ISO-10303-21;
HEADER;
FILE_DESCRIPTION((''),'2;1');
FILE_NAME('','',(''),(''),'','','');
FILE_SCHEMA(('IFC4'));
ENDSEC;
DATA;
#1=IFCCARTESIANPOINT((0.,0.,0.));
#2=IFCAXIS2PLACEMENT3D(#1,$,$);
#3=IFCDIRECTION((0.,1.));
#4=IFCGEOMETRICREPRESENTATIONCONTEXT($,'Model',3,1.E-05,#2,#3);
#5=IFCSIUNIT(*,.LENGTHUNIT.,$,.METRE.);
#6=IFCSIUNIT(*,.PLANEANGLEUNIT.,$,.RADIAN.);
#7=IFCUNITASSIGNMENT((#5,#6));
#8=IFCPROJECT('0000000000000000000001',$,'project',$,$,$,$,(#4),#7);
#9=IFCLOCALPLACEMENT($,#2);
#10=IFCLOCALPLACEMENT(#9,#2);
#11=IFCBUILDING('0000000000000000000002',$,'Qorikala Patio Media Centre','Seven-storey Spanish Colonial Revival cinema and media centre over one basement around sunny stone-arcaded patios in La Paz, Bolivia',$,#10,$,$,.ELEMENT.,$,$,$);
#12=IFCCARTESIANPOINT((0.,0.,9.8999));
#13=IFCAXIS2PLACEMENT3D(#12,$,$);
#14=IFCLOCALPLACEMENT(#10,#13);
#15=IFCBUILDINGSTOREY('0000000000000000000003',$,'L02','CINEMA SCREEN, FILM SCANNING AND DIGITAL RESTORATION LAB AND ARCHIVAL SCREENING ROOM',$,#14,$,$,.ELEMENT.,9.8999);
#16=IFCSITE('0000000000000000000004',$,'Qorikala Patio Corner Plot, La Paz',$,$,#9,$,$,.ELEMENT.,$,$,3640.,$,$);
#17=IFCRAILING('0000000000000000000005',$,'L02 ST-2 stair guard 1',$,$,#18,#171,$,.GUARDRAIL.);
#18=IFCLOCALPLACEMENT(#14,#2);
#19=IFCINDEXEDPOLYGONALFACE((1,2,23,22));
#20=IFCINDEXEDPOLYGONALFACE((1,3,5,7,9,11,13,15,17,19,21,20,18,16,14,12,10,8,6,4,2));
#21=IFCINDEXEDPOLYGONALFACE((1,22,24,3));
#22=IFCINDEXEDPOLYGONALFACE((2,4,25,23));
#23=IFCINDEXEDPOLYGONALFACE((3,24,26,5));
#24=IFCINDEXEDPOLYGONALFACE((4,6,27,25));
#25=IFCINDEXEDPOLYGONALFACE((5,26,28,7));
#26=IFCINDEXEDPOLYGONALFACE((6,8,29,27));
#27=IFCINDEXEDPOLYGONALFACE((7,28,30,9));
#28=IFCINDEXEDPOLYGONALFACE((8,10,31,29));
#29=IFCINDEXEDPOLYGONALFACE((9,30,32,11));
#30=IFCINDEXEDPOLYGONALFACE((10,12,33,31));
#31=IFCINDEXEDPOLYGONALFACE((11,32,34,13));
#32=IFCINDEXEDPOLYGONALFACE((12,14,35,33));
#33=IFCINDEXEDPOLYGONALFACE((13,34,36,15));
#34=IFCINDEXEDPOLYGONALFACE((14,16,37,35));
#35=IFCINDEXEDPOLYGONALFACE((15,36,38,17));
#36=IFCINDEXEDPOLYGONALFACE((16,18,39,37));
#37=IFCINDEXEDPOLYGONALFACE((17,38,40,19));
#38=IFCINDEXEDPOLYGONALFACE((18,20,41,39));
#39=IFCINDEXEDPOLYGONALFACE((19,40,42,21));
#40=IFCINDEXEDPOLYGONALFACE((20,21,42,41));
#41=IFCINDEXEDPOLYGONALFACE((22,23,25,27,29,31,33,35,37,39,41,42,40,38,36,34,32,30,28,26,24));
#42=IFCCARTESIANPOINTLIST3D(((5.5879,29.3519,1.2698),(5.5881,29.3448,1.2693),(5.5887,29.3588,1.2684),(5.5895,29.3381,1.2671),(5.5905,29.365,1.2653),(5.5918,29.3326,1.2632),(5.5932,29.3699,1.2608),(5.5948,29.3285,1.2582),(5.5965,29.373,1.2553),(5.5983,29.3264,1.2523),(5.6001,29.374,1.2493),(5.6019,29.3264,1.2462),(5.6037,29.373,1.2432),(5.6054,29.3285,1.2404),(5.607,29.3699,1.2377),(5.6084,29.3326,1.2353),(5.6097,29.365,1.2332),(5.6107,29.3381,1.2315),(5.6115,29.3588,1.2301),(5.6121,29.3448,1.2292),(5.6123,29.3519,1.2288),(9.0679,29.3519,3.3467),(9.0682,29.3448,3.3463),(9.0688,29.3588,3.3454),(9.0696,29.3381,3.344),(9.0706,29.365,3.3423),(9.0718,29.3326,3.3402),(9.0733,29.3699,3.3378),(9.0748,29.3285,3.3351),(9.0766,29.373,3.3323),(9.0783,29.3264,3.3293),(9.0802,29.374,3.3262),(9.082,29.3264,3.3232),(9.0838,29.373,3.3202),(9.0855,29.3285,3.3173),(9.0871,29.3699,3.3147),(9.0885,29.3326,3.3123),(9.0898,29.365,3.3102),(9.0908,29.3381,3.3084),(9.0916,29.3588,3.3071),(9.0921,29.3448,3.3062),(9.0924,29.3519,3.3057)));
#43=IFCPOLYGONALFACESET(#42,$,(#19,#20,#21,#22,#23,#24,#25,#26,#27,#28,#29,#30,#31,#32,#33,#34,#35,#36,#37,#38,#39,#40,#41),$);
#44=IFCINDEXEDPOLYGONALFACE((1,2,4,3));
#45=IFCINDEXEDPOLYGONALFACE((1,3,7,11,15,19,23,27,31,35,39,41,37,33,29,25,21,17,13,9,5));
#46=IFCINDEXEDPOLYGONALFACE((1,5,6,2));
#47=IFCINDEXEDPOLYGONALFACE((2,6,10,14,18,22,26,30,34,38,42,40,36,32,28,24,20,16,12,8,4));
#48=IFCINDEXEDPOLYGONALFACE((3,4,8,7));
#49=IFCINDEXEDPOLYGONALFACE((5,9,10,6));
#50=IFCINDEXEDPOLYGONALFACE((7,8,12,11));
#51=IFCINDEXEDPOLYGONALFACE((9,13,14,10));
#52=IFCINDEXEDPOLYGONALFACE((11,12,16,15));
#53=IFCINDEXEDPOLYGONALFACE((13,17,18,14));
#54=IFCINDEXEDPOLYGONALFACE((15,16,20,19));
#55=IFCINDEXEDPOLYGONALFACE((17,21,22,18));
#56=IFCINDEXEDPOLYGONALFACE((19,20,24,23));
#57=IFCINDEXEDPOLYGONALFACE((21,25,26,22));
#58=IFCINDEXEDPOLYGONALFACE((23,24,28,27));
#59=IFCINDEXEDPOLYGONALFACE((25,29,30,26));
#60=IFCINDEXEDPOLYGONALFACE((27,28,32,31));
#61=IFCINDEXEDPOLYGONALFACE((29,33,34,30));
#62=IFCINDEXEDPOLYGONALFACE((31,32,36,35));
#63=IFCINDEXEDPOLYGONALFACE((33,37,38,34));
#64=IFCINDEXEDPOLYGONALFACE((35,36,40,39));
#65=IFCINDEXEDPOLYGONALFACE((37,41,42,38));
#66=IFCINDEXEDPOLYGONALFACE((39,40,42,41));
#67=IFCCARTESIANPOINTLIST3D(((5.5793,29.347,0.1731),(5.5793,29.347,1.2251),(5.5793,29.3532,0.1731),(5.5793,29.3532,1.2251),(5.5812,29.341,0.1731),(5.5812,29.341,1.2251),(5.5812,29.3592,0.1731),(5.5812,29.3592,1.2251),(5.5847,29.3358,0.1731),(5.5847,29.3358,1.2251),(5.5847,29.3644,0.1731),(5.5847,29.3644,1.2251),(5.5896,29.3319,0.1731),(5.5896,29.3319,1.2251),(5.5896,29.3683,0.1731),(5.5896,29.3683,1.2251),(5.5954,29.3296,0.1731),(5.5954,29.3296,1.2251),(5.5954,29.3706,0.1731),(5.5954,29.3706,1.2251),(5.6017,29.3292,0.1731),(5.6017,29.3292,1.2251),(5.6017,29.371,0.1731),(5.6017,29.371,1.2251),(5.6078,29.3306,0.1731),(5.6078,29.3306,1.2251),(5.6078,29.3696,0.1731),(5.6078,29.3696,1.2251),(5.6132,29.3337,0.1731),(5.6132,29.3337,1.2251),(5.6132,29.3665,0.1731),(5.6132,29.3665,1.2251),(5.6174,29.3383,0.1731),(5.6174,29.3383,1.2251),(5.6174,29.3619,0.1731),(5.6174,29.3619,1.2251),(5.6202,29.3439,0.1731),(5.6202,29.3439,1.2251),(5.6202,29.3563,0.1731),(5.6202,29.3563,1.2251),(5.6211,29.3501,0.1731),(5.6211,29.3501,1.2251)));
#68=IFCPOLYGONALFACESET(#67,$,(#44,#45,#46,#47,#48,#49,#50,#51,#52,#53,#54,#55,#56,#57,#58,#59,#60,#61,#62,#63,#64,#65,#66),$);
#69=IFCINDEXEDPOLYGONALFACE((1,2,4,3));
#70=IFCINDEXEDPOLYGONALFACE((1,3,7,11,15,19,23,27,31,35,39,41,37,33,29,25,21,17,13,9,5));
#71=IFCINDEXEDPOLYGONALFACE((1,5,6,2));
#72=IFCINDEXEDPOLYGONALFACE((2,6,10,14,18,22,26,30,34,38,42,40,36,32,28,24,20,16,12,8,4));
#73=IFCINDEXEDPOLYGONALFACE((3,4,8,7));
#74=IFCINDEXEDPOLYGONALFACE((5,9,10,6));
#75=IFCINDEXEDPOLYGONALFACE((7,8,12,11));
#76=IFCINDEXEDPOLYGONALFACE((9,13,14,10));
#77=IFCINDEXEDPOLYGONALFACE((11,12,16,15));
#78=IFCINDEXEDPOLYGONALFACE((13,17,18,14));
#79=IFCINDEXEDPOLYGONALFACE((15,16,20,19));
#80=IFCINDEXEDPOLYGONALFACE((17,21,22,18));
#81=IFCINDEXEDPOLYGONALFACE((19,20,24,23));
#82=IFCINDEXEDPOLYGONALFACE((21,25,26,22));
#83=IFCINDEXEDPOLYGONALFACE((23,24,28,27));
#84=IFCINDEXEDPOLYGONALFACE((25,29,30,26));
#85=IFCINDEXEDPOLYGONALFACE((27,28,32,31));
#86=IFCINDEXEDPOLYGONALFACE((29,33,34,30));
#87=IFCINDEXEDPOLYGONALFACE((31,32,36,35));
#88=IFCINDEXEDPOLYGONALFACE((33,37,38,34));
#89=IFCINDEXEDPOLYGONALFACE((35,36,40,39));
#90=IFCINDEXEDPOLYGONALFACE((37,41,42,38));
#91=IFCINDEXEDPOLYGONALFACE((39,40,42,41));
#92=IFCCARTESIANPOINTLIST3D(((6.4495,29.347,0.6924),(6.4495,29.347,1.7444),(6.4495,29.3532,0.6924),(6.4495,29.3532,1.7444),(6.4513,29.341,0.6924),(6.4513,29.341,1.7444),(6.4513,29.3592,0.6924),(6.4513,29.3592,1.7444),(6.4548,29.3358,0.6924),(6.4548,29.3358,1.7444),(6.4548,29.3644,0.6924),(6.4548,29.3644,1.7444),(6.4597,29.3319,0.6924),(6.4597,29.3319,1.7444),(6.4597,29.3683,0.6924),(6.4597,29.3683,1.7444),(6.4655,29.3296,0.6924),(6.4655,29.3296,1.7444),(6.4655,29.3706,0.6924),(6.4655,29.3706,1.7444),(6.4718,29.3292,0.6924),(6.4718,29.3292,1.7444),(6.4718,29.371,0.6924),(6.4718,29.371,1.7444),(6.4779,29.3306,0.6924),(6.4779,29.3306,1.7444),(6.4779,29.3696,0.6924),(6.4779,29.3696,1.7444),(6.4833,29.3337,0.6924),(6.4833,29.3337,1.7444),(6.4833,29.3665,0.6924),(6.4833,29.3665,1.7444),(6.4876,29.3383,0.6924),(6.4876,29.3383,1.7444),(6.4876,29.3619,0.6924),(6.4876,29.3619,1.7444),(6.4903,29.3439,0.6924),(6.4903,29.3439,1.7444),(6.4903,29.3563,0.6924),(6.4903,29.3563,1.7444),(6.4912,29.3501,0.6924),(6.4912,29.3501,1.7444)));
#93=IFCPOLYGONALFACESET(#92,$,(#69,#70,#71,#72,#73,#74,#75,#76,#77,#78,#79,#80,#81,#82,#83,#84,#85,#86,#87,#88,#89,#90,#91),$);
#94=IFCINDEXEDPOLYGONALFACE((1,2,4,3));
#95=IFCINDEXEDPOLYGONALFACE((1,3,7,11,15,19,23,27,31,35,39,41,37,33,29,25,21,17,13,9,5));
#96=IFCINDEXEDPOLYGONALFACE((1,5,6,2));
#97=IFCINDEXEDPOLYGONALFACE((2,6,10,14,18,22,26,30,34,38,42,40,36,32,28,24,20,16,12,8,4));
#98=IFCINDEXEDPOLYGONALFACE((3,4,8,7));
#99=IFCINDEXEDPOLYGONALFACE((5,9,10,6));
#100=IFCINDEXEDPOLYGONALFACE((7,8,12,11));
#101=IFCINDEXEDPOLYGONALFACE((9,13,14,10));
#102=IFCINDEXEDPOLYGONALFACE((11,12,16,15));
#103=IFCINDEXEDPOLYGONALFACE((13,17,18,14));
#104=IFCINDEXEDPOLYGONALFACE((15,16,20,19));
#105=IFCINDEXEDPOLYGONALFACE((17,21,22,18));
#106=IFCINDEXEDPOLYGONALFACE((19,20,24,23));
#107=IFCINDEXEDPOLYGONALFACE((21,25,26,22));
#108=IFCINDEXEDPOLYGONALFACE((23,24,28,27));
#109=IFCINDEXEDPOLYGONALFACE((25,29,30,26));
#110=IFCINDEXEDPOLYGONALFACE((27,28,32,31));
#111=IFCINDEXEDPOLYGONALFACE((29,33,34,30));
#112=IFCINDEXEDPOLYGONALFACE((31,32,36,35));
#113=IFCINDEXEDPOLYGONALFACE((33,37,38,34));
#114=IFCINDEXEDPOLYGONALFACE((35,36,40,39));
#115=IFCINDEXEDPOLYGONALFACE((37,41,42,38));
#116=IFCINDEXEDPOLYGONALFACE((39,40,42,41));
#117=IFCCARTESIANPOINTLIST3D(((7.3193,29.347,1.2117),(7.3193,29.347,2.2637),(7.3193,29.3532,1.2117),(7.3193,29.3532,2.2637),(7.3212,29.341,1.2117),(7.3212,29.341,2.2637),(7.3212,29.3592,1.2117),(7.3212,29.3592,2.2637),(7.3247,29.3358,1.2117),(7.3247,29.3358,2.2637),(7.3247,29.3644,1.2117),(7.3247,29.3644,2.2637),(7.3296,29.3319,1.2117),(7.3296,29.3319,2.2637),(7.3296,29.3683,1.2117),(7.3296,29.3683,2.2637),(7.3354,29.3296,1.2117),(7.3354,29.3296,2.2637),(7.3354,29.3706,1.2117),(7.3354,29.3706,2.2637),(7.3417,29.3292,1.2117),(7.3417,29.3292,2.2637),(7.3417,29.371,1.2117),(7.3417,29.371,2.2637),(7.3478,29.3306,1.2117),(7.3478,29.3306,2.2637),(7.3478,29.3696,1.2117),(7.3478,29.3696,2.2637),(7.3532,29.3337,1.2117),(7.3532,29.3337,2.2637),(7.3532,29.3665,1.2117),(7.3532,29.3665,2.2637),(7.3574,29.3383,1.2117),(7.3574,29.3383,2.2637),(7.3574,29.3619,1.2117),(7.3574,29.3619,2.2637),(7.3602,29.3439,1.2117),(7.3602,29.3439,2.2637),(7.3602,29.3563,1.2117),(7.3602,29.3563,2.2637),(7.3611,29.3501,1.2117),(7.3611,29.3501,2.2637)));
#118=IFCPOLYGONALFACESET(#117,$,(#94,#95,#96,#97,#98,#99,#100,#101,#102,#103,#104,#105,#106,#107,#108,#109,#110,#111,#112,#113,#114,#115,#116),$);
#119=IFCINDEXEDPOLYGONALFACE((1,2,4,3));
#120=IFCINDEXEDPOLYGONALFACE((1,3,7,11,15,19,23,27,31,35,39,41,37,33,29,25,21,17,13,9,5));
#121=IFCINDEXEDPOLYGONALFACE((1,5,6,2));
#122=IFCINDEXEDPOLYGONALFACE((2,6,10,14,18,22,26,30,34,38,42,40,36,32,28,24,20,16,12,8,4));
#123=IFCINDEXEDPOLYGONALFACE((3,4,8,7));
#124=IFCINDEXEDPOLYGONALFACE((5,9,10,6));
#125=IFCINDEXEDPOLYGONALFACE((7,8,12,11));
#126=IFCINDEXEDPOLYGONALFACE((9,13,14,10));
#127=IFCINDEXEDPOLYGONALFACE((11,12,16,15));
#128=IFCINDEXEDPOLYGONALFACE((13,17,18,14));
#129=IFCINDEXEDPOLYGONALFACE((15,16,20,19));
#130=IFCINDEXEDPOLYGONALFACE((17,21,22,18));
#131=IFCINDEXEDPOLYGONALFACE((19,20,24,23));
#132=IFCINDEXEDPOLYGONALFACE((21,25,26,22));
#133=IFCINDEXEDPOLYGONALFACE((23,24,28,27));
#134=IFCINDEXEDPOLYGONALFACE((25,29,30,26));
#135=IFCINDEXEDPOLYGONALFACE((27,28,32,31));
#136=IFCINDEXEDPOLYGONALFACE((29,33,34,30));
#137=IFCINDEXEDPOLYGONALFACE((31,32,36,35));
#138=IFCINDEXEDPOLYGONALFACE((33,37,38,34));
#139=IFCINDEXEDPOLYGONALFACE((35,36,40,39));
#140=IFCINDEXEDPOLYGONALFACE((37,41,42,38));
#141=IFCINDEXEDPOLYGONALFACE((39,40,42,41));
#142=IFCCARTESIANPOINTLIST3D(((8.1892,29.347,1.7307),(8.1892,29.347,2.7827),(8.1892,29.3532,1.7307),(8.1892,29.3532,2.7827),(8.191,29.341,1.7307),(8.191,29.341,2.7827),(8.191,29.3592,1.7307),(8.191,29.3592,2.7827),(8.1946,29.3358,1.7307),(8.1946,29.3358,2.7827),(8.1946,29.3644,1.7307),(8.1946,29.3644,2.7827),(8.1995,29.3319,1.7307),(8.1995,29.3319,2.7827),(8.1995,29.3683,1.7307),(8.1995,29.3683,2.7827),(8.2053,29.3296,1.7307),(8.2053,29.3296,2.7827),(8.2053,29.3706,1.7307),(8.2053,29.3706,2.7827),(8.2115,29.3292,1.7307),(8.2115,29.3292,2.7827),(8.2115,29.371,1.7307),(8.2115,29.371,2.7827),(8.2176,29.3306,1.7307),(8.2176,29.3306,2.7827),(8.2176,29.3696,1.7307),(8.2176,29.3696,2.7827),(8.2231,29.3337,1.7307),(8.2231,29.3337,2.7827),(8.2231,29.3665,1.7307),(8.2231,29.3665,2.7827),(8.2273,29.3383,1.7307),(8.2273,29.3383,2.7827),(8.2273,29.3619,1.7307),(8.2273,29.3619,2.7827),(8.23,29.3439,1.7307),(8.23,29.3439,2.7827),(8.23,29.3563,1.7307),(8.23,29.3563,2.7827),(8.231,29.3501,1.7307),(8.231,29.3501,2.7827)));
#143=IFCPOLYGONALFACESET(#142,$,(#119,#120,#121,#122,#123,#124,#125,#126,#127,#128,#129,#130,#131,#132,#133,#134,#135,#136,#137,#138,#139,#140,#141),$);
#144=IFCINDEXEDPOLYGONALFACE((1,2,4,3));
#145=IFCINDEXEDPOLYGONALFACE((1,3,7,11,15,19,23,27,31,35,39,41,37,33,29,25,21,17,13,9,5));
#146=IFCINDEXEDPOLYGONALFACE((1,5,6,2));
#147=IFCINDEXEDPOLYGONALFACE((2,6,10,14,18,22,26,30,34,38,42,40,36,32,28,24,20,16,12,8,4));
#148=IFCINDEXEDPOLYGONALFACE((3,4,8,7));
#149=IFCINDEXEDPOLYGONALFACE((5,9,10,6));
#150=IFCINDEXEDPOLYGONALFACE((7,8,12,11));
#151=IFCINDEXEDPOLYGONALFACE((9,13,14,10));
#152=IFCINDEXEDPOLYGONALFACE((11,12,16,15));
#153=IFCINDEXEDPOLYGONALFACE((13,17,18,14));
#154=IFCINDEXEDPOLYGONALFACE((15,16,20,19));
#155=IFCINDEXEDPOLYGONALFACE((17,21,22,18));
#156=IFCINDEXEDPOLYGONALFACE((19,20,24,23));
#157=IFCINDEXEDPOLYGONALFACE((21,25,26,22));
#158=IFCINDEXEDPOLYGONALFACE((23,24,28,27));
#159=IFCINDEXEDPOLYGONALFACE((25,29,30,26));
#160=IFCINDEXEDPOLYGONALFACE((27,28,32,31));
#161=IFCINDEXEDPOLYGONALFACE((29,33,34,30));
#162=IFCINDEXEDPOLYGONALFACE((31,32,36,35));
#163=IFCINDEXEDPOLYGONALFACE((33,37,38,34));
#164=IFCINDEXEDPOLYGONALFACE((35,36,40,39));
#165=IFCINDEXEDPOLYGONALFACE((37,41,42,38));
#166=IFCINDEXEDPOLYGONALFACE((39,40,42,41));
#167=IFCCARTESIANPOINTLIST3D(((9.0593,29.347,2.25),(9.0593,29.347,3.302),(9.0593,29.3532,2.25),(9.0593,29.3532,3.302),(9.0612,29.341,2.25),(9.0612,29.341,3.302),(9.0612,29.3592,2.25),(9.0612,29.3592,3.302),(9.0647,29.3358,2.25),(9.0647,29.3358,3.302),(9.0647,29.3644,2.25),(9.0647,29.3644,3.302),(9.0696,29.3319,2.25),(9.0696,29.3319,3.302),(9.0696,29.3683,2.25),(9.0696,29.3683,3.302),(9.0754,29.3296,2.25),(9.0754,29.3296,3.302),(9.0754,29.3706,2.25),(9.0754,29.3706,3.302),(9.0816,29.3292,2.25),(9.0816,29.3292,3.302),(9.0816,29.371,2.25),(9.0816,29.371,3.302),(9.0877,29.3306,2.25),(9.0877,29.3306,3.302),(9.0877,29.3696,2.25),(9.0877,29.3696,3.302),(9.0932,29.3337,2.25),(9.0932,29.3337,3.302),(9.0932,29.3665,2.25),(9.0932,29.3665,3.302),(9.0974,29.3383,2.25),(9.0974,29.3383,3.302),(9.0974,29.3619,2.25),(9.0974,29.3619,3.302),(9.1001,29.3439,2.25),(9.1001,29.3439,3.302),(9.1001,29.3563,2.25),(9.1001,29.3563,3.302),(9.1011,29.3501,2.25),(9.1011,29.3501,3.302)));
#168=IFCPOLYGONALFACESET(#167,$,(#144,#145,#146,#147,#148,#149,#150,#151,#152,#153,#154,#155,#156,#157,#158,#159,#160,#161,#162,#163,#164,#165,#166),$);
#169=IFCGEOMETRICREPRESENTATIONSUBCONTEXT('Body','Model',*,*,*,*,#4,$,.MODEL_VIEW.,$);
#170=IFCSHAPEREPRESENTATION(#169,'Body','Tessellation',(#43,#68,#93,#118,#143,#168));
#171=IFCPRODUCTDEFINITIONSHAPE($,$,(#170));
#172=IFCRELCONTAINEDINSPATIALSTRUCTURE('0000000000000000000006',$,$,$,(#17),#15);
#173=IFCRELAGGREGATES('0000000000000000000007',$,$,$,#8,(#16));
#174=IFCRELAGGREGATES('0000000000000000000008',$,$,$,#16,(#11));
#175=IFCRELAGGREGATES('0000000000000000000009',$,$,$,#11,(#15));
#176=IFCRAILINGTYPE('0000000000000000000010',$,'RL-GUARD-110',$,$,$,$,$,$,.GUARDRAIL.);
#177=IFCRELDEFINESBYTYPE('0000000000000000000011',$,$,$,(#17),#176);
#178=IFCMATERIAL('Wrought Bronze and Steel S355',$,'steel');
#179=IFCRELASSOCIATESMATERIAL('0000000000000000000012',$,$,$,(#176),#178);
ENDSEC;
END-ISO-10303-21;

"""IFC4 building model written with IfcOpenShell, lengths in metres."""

from ifc_helpers import new_model, si_unit, direction, frame, origin, origin_2d, place, context, subcontext, project, spatial, circle, extrude, material, type_object, element, save


model = new_model("IFC4")

# Units and contexts
model_context = context("Model", 3, precision=1e-05, world=origin(), true_north=direction((0.0, 1.0)))
body_context = subcontext(model_context, "Body", "Model", "MODEL_VIEW")
ifc_project = project(units=[si_unit("LENGTHUNIT", "METRE"), si_unit("PLANEANGLEUNIT", "RADIAN")], contexts=[model_context])

# Site, building, storey
site_placement = place(None, origin())
site = spatial("IfcSite", under=ifc_project, at=site_placement, Name="Qorikala Patio Corner Plot, La Paz", CompositionType="ELEMENT", RefElevation=3640.0)
building_placement = place(site_placement, origin())
building = spatial("IfcBuilding", under=site, at=building_placement, Name="Qorikala Patio Media Centre", Description="Seven-storey Spanish Colonial Revival cinema and media centre over one basement around sunny stone-arcaded patios in La Paz, Bolivia", CompositionType="ELEMENT")
storey_placement = place(building_placement, frame((0.0, 0.0, 9.8999)))
storey = spatial("IfcBuildingStorey", under=building, at=storey_placement, Name="L02", Description="CINEMA SCREEN, FILM SCANNING AND DIGITAL RESTORATION LAB AND ARCHIVAL SCREENING ROOM", CompositionType="ELEMENT", Elevation=9.8999)

# Railing
ifc_material_1 = material(Name="Wrought Bronze and Steel S355", Category="steel")
railing_type_1 = type_object("IfcRailingType", Name="RL-GUARD-110", PredefinedType="GUARDRAIL", material=ifc_material_1)
railing_1_placement = place(storey_placement, frame((5.6001, 29.3501, 0.1731)))
element("IfcRailing", 1, at=railing_1_placement, inside=storey, type_object=railing_type_1, Name="L02 ST-2 stair guard 1", PredefinedType="GUARDRAIL", context=body_context, shape_type="SweptSolid", body=[
    extrude(circle(Radius=0.0239, at=origin_2d()), frame((0.0, 0.0, 1.0762), z_axis=(0.858697, 0.0, 0.512483), x_axis=(0.0, 1.0, 0.0)), (0.0, 0.0, 1.0), 4.0527),
    extrude(circle(Radius=0.021, at=origin_2d()), origin(), (0.0, 0.0, 1.0), 1.052),
    extrude(circle(Radius=0.021, at=origin_2d()), frame((0.8701, 0.0, 0.5193)), (0.0, 0.0, 1.0), 1.052),
    extrude(circle(Radius=0.021, at=origin_2d()), frame((1.74, 0.0, 1.0386)), (0.0, 0.0, 1.0), 1.052),
    extrude(circle(Radius=0.021, at=origin_2d()), frame((2.6099, 0.0, 1.5576)), (0.0, 0.0, 1.0), 1.052),
    extrude(circle(Radius=0.021, at=origin_2d()), frame((3.48, 0.0, 2.0769)), (0.0, 0.0, 1.0), 1.052),
])

save(model, "model.ifc")
